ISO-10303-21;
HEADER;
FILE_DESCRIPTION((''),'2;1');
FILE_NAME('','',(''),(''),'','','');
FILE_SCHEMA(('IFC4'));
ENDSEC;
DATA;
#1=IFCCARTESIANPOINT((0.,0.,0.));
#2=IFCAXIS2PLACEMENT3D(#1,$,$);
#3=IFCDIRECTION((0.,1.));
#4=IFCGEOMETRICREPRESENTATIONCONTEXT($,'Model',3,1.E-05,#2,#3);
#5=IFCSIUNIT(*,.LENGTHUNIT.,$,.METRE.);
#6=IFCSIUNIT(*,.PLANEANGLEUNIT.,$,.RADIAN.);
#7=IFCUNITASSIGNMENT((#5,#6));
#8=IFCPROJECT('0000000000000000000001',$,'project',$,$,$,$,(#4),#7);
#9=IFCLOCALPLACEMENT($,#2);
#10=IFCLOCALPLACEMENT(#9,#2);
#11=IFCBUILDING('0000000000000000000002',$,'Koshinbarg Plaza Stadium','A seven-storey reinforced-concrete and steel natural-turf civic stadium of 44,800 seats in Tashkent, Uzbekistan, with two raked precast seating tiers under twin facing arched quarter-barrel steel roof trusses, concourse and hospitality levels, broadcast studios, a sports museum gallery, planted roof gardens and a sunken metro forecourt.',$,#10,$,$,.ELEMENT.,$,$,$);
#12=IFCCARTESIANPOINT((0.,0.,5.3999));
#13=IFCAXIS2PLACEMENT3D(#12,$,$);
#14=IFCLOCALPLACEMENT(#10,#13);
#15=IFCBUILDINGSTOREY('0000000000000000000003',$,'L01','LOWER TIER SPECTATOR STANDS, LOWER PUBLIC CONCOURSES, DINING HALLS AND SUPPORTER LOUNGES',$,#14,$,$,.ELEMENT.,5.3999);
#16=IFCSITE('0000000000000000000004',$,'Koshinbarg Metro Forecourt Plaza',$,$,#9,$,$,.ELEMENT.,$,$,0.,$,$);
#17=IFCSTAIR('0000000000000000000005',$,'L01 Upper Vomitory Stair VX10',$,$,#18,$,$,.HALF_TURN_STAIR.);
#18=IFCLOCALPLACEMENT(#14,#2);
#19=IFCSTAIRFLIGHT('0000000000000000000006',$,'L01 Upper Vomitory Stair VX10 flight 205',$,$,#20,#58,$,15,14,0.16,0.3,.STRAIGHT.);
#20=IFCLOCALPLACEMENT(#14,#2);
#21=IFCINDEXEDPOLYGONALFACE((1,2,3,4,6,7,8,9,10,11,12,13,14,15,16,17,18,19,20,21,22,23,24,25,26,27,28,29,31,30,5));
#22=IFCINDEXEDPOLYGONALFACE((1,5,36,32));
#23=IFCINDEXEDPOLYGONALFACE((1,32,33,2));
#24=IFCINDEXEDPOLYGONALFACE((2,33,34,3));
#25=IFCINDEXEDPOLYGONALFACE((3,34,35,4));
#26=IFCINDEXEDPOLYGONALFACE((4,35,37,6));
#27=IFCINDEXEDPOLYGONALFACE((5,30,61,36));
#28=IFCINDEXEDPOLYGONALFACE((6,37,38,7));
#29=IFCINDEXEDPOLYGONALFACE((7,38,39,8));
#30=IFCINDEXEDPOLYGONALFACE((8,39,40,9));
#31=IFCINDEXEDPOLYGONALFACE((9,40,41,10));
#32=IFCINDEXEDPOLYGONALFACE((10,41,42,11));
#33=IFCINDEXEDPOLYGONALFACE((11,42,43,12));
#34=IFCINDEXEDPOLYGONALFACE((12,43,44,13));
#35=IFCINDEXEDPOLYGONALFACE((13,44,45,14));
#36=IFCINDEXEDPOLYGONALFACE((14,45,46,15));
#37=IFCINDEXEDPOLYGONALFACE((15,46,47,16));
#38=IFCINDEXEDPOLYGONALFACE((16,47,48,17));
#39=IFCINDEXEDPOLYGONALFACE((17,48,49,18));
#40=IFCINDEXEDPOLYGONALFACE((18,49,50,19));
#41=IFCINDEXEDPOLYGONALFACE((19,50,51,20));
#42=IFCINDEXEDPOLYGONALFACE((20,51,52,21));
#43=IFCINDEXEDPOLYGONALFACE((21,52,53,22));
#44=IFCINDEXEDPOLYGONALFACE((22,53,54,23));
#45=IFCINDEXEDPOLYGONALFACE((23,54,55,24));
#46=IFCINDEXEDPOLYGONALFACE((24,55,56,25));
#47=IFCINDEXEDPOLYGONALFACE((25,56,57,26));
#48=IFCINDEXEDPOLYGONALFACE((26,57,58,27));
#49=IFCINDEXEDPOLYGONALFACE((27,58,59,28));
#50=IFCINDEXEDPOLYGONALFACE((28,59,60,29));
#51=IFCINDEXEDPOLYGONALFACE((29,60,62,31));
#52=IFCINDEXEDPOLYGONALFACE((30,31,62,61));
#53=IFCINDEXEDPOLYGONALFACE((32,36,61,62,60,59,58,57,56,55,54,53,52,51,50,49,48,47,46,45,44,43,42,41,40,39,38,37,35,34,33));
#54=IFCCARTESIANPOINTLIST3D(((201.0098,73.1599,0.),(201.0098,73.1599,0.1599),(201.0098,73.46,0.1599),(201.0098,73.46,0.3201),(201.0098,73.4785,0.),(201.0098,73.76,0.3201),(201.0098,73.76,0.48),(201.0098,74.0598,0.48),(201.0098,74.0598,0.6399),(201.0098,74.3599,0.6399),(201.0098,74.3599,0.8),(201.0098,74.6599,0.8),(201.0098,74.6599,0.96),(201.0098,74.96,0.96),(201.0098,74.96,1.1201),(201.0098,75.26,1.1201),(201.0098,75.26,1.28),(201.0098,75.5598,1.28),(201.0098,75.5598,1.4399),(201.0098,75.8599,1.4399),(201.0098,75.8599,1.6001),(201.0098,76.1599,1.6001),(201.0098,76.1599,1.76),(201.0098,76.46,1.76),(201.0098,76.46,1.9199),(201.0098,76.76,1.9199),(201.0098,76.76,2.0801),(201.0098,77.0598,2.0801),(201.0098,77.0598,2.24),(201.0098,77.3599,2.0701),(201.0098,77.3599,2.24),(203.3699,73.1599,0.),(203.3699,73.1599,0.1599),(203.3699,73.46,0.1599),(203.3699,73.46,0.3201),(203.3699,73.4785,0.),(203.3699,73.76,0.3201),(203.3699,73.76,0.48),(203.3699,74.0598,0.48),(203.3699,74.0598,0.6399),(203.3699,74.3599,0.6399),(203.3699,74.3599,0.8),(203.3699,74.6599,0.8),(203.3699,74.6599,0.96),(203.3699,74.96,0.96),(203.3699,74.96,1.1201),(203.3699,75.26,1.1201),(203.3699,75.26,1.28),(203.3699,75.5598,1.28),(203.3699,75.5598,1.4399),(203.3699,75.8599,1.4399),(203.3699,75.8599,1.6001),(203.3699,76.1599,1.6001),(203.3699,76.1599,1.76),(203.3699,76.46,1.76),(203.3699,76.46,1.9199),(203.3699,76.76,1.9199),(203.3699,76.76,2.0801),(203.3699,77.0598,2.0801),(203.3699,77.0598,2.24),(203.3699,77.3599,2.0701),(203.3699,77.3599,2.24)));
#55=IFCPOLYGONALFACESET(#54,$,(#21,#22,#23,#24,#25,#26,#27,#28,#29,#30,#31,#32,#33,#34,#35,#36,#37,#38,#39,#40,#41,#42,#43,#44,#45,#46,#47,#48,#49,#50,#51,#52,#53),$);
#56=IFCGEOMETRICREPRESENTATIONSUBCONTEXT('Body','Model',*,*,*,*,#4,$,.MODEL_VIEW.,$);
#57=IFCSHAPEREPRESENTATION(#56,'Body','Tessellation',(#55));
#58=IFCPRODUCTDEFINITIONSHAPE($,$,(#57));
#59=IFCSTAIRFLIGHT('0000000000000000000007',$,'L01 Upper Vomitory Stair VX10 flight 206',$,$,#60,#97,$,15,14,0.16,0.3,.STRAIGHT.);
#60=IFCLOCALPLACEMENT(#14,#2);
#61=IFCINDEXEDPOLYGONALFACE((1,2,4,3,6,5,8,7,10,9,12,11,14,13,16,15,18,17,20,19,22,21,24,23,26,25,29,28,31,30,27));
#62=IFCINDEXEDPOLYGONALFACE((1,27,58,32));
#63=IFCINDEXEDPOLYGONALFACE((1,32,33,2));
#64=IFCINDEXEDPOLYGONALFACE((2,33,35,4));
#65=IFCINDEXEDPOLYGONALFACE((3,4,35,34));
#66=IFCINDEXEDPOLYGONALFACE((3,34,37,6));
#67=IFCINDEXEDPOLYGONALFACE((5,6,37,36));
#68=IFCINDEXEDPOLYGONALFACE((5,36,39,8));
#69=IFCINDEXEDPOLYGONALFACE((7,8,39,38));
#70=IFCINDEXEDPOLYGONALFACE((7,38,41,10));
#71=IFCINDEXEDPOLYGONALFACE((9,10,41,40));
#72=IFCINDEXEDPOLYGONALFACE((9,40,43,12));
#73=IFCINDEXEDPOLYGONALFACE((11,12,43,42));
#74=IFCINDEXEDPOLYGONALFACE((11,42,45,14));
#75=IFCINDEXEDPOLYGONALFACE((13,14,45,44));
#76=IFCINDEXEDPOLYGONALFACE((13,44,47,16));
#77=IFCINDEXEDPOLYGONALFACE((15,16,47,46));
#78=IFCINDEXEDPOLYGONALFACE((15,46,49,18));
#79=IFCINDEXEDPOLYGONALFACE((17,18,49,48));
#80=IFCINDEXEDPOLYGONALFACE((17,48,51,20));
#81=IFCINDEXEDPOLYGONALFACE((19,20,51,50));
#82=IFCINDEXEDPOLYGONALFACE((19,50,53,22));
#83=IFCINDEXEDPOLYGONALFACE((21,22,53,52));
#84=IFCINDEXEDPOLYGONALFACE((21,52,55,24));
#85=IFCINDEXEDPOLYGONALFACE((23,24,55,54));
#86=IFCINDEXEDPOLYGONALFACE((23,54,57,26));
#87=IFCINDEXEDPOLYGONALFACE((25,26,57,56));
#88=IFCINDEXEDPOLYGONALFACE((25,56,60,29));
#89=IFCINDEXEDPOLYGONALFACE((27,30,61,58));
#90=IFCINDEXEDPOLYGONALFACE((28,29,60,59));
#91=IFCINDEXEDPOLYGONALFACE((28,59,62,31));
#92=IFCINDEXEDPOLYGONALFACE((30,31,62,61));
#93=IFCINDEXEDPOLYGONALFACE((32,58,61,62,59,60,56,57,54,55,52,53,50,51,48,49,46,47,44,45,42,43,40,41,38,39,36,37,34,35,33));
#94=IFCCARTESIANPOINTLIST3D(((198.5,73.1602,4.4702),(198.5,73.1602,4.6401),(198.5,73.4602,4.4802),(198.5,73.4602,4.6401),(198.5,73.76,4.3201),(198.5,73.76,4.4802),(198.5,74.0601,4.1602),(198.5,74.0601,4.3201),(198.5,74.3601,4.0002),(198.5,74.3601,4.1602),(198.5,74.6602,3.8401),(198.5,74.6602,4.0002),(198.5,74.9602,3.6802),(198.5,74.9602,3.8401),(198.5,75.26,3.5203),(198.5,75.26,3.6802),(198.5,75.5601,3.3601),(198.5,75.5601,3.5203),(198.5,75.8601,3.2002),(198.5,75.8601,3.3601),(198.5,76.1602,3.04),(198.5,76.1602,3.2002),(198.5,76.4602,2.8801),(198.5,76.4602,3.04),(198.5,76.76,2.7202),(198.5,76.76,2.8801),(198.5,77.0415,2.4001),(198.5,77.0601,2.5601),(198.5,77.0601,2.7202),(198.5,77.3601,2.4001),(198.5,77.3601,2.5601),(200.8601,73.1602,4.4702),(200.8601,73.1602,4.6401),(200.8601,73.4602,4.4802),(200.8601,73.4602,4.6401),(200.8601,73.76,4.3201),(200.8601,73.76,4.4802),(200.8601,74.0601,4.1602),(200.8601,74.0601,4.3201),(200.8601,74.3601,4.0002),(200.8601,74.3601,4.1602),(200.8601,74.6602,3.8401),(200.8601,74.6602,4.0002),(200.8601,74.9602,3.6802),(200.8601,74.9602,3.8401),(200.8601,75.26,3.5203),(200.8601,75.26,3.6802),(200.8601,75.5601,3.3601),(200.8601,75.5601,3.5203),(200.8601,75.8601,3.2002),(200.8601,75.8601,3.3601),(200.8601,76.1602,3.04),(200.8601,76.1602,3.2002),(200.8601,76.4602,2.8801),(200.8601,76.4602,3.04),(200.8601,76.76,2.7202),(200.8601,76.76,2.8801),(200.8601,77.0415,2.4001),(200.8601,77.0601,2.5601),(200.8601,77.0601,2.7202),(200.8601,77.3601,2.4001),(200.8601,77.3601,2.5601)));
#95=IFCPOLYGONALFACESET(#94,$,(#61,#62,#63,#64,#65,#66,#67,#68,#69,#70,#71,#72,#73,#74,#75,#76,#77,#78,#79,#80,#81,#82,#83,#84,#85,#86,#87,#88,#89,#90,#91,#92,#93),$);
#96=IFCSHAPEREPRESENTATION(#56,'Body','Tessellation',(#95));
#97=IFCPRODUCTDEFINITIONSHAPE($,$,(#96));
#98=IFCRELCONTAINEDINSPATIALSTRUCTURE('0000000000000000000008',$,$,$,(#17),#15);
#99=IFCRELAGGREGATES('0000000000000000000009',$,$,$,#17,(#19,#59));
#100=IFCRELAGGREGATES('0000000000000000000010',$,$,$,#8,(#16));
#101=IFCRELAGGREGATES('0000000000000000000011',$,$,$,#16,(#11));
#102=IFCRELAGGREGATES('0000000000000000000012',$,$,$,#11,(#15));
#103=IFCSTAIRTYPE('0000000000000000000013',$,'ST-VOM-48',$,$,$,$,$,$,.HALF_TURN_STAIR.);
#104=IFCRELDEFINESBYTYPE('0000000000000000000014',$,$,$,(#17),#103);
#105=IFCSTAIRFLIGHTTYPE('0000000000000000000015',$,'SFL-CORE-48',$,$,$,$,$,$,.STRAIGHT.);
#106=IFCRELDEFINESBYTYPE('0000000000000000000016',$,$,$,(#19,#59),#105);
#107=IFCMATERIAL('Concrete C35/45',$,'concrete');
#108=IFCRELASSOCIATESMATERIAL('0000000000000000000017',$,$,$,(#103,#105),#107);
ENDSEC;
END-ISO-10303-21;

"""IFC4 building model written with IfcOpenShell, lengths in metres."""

from ifc_helpers import new_model, si_unit, direction, frame, origin, place, context, subcontext, project, spatial, polyline, outline, extrude, material, type_object, element, aggregate, save


model = new_model("IFC4")

# Units and contexts
model_context = context("Model", 3, precision=1e-05, world=origin(), true_north=direction((0.0, 1.0)))
body_context = subcontext(model_context, "Body", "Model", "MODEL_VIEW")
ifc_project = project(units=[si_unit("LENGTHUNIT", "METRE"), si_unit("PLANEANGLEUNIT", "RADIAN")], contexts=[model_context])

# Site, building, storey
site_placement = place(None, origin())
site = spatial("IfcSite", under=ifc_project, at=site_placement, Name="Koshinbarg Metro Forecourt Plaza", CompositionType="ELEMENT", RefElevation=0.0)
building_placement = place(site_placement, origin())
building = spatial("IfcBuilding", under=site, at=building_placement, Name="Koshinbarg Plaza Stadium", Description="A seven-storey reinforced-concrete and steel natural-turf civic stadium of 44,800 seats in Tashkent, Uzbekistan, with two raked precast seating tiers under twin facing arched quarter-barrel steel roof trusses, concourse and hospitality levels, broadcast studios, a sports museum gallery, planted roof gardens and a sunken metro forecourt.", CompositionType="ELEMENT")
storey_placement = place(building_placement, frame((0.0, 0.0, 5.3999)))
storey = spatial("IfcBuildingStorey", under=building, at=storey_placement, Name="L01", Description="LOWER TIER SPECTATOR STANDS, LOWER PUBLIC CONCOURSES, DINING HALLS AND SUPPORTER LOUNGES", CompositionType="ELEMENT", Elevation=5.3999)

# Stair, stair flights
ifc_material_1 = material(Name="Concrete C35/45", Category="concrete")
stair_type = type_object("IfcStairType", Name="ST-VOM-48", PredefinedType="HALF_TURN_STAIR", material=ifc_material_1)
stair_placement = place(storey_placement, origin())
stair = element("IfcStair", 1, at=stair_placement, inside=storey, type_object=stair_type, Name="L01 Upper Vomitory Stair VX10", PredefinedType="HALF_TURN_STAIR")
stair_flight_type = type_object("IfcStairFlightType", Name="SFL-CORE-48", PredefinedType="STRAIGHT", material=ifc_material_1)
stair_flight_1_placement = place(storey_placement, frame((202.1899, 73.1599, 0.0), z_axis=(0.0, 0.0, 1.0), x_axis=(0.0, 1.0, 0.0)))
stair_flight_1 = element("IfcStairFlight", 2, at=stair_flight_1_placement, type_object=stair_flight_type, Name="L01 Upper Vomitory Stair VX10 flight 205", NumberOfRisers=15, NumberOfTreads=14, PredefinedType="STRAIGHT", RiserHeight=0.16, TreadLength=0.3, context=body_context, shape_type="SweptSolid", body=[
    extrude(outline(polyline([(0.0, 0.0), (0.0, 0.1599), (0.3, 0.1599), (0.3, 0.3201), (0.6001, 0.3201), (0.6001, 0.48), (0.8999, 0.48), (0.8999, 0.6399), (1.2, 0.6399), (1.2, 0.8), (1.5, 0.8), (1.5, 0.96), (1.8, 0.96), (1.8, 1.1201), (2.1001, 1.1201), (2.1001, 1.28), (2.3999, 1.28), (2.3999, 1.4399), (2.7, 1.4399), (2.7, 1.6001), (3.0, 1.6001), (3.0, 1.76), (3.3, 1.76), (3.3, 1.9199), (3.6001, 1.9199), (3.6001, 2.0801), (3.8999, 2.0801), (3.8999, 2.24), (4.2, 2.24), (4.2, 2.3999), (4.2, 2.0701), (0.3186, 0.0), (0.0, 0.0)])), frame((0.0, 1.1802, 0.0), z_axis=(0.0, -1.0, 0.0), x_axis=(1.0, 0.0, 0.0)), (0.0, 0.0, 1.0), 2.3601),
])
stair_flight_2_placement = place(storey_placement, frame((199.6799, 77.3601, 2.4001), z_axis=(0.0, 0.0, 1.0), x_axis=(0.0, -1.0, 0.0)))
stair_flight_2 = element("IfcStairFlight", 3, at=stair_flight_2_placement, type_object=stair_flight_type, Name="L01 Upper Vomitory Stair VX10 flight 206", NumberOfRisers=15, NumberOfTreads=14, PredefinedType="STRAIGHT", RiserHeight=0.16, TreadLength=0.3, context=body_context, shape_type="SweptSolid", body=[
    extrude(outline(polyline([(0.0, 0.0), (0.0, 0.1599), (0.3, 0.1599), (0.3, 0.3201), (0.6001, 0.3201), (0.6001, 0.48), (0.8999, 0.48), (0.8999, 0.6399), (1.2, 0.6399), (1.2, 0.8), (1.5, 0.8), (1.5, 0.96), (1.8, 0.96), (1.8, 1.1201), (2.1001, 1.1201), (2.1001, 1.28), (2.3999, 1.28), (2.3999, 1.4399), (2.7, 1.4399), (2.7, 1.6001), (3.0, 1.6001), (3.0, 1.76), (3.3, 1.76), (3.3, 1.9199), (3.6001, 1.9199), (3.6001, 2.0801), (3.8999, 2.0801), (3.8999, 2.24), (4.2, 2.24), (4.2, 2.3999), (4.2, 2.0701), (0.3186, 0.0), (0.0, 0.0)])), frame((0.0, 1.1802, 0.0), z_axis=(0.0, -1.0, 0.0), x_axis=(1.0, 0.0, 0.0)), (0.0, 0.0, 1.0), 2.3601),
])
aggregate(stair, [stair_flight_1, stair_flight_2])

save(model, "model.ifc")
